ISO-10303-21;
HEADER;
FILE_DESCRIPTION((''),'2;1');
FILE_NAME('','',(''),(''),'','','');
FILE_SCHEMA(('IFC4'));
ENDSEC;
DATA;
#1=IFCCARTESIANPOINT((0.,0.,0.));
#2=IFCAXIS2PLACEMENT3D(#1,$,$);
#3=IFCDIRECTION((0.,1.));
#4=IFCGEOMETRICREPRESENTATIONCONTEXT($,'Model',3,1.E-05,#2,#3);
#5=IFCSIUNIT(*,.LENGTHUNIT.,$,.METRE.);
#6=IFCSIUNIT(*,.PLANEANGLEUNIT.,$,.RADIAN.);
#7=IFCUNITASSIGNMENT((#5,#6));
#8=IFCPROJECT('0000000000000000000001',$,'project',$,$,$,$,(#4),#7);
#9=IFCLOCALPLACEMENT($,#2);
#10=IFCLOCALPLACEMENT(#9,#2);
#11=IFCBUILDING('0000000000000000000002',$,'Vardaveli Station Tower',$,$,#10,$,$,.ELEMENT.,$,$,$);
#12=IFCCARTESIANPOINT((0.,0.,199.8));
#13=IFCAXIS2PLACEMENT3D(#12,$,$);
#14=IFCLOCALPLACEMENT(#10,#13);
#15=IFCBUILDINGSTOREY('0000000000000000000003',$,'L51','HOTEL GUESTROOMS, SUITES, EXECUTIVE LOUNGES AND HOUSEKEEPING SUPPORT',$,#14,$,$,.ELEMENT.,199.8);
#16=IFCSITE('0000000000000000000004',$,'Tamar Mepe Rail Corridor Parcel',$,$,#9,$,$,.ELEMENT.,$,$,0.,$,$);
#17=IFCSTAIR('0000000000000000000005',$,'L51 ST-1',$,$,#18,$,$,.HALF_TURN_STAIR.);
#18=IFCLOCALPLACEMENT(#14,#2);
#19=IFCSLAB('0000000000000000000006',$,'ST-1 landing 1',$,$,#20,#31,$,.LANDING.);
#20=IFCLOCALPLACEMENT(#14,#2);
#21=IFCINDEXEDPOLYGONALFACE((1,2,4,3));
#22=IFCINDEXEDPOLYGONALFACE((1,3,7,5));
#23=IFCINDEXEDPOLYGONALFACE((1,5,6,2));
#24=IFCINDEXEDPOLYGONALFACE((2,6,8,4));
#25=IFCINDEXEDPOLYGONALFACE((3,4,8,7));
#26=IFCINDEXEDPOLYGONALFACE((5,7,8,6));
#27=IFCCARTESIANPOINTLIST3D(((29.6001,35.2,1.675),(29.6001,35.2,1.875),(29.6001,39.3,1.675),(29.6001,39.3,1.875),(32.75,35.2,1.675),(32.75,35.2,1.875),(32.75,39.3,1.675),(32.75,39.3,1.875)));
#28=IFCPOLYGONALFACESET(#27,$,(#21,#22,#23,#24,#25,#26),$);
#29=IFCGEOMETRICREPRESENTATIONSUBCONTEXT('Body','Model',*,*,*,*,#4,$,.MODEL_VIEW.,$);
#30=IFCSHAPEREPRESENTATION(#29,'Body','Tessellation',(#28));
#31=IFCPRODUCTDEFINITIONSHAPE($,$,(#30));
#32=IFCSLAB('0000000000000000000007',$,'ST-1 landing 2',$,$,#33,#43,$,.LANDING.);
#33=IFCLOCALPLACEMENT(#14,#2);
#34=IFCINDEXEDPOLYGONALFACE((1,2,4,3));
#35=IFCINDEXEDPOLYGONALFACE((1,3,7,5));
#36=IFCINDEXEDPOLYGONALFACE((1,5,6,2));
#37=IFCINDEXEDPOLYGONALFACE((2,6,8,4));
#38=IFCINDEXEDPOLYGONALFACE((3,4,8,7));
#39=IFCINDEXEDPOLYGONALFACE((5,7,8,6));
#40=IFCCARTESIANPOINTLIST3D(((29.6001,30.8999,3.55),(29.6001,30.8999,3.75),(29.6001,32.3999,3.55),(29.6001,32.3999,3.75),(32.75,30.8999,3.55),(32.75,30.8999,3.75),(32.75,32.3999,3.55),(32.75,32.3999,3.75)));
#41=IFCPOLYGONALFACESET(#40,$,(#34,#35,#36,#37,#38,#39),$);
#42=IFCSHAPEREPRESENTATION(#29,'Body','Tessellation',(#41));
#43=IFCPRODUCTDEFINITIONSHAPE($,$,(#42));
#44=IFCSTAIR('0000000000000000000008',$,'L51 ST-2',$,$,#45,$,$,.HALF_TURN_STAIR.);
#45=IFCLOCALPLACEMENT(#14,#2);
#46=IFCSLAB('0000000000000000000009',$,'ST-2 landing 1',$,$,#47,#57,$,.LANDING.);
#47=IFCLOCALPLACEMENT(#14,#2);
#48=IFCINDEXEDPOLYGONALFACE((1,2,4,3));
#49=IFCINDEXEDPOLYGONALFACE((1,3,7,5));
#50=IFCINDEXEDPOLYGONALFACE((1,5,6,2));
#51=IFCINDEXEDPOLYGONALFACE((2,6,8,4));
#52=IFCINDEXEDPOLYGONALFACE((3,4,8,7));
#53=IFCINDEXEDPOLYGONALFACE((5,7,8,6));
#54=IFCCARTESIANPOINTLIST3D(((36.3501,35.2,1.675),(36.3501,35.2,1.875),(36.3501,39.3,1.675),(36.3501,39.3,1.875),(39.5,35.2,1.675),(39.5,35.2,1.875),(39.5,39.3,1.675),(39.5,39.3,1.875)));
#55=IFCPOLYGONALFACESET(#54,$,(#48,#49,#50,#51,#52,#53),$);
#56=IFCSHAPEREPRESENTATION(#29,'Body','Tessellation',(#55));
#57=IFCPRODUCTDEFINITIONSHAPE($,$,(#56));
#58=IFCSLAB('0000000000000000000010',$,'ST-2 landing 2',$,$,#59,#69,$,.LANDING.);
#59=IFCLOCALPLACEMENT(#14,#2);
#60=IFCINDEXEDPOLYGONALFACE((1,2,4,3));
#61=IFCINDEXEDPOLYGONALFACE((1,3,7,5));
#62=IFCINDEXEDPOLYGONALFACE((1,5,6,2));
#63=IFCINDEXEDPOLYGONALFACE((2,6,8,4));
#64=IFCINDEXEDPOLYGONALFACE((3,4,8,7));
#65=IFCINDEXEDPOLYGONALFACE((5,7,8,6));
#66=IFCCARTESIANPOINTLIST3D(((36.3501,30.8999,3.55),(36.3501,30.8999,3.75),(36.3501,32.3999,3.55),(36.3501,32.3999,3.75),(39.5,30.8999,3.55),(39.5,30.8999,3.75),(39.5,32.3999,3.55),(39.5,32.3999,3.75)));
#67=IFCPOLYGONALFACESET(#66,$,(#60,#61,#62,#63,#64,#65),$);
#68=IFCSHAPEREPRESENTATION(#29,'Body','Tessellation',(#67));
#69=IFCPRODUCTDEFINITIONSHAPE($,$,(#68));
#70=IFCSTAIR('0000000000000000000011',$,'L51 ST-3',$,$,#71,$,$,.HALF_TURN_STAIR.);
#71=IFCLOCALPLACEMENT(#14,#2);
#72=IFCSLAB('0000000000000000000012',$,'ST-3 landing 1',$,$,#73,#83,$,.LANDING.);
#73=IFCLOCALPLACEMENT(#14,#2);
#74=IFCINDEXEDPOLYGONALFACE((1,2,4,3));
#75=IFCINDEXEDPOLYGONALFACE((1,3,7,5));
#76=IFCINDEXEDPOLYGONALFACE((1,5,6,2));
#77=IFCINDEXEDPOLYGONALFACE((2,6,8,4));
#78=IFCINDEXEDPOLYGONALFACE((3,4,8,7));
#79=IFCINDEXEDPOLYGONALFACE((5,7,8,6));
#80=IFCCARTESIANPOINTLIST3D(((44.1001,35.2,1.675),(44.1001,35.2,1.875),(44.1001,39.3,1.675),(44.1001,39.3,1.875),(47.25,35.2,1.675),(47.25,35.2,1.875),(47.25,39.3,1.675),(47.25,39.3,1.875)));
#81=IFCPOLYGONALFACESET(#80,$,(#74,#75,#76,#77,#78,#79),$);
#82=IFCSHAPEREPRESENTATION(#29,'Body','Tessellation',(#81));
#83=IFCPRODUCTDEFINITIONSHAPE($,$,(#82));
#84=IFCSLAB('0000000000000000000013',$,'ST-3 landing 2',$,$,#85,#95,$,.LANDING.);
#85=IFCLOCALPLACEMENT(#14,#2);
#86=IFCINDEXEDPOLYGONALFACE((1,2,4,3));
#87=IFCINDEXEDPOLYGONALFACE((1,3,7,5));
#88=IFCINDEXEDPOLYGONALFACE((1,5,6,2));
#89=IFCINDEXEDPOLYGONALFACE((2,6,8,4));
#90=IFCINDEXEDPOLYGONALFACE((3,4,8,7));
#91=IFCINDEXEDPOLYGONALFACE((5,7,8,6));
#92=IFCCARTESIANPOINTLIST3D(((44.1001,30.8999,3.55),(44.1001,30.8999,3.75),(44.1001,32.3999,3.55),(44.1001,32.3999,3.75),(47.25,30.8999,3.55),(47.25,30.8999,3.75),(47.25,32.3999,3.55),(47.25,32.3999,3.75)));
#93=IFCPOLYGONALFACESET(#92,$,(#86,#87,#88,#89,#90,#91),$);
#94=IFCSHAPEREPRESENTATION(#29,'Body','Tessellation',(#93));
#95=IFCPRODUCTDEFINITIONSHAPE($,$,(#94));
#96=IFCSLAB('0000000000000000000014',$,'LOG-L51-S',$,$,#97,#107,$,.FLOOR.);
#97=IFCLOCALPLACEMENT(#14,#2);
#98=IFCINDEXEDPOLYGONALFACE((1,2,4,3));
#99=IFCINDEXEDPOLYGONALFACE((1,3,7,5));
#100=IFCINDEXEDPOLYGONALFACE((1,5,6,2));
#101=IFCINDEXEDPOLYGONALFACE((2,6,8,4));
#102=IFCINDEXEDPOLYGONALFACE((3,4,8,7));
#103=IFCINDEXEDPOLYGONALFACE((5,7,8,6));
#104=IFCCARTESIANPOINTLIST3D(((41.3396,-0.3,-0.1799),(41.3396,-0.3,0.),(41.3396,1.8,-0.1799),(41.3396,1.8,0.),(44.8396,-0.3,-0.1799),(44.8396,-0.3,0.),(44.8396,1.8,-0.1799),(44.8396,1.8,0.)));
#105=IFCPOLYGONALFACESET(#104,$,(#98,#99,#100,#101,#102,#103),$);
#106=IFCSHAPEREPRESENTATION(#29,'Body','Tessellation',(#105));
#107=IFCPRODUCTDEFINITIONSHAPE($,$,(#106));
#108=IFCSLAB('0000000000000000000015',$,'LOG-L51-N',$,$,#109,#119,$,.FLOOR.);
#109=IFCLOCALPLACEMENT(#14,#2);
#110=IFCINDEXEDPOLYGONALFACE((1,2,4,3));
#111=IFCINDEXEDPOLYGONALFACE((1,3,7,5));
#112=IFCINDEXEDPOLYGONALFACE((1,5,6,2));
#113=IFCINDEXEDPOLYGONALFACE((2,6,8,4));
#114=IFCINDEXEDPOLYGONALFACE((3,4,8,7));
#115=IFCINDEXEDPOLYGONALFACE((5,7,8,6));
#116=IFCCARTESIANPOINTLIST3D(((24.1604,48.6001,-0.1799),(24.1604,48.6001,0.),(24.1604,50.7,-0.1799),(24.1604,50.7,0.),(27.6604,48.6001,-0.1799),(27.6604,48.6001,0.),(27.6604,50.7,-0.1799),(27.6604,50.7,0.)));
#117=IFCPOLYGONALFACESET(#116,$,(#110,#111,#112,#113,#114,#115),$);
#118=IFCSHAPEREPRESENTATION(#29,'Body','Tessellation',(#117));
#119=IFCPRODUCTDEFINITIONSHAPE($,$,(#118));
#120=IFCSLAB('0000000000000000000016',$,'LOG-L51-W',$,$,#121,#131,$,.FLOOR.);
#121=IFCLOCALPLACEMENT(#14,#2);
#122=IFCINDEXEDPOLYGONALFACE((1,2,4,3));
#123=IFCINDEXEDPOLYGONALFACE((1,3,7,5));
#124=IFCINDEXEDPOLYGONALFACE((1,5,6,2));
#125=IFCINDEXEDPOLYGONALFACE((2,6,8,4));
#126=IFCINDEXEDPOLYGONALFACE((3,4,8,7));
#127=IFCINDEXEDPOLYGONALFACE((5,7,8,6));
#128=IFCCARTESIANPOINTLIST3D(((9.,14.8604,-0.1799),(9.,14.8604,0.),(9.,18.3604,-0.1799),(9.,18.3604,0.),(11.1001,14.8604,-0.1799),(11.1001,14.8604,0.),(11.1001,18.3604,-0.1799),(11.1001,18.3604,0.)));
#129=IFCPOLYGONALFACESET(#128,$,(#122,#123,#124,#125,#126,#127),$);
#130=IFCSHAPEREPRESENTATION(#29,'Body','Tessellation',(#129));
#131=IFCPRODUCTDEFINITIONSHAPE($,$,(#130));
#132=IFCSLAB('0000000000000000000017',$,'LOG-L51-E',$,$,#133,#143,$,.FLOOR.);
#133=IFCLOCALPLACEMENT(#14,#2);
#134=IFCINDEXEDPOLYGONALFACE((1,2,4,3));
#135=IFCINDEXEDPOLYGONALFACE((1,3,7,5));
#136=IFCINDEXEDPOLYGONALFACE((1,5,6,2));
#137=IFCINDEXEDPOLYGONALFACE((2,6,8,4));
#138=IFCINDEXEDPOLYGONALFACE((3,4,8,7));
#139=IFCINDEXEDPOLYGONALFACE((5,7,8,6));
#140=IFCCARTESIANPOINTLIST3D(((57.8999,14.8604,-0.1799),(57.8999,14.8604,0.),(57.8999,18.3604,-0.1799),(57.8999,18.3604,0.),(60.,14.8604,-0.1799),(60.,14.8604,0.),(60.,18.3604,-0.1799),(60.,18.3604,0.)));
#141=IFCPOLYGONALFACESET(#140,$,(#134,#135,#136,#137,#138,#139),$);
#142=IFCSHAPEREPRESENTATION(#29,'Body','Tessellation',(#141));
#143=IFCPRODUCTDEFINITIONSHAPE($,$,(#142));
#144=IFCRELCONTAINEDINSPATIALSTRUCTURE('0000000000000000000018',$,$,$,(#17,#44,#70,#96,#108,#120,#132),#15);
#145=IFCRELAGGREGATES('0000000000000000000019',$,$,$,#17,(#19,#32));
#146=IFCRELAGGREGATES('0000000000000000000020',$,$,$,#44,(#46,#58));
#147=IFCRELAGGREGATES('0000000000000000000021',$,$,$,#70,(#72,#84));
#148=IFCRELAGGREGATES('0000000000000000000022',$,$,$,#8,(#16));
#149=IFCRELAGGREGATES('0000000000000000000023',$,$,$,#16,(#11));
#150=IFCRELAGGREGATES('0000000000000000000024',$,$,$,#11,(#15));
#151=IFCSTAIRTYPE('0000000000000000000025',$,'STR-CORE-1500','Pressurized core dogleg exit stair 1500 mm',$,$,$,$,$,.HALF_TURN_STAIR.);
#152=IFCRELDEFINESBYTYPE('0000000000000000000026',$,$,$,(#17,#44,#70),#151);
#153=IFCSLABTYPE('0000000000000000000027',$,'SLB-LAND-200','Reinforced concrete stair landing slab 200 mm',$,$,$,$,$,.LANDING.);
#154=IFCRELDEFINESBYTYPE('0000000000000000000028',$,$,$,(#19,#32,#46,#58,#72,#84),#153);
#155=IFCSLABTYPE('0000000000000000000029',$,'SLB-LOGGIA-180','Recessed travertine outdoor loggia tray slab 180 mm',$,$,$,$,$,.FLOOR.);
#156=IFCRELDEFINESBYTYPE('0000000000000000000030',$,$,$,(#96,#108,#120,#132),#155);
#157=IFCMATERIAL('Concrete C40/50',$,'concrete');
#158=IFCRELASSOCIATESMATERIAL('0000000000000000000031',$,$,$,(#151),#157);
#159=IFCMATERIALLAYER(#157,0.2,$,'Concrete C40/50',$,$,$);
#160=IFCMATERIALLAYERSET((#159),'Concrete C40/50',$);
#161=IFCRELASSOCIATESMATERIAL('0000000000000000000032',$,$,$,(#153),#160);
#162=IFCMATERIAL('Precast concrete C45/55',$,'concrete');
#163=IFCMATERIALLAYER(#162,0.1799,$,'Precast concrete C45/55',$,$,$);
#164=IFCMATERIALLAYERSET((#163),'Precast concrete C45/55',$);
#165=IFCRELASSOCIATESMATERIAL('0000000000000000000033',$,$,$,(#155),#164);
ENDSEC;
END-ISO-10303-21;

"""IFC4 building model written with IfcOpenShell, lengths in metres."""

from ifc_helpers import new_model, si_unit, direction, frame, origin, place, context, subcontext, project, spatial, polyline, outline, extrude, material, layer, layer_set, type_object, element, aggregate, save


model = new_model("IFC4")

# Units and contexts
model_context = context("Model", 3, precision=1e-05, world=origin(), true_north=direction((0.0, 1.0)))
body_context = subcontext(model_context, "Body", "Model", "MODEL_VIEW")
ifc_project = project(units=[si_unit("LENGTHUNIT", "METRE"), si_unit("PLANEANGLEUNIT", "RADIAN")], contexts=[model_context])

# Site, building, storey
site_placement = place(None, origin())
site = spatial("IfcSite", under=ifc_project, at=site_placement, Name="Tamar Mepe Rail Corridor Parcel", CompositionType="ELEMENT", RefElevation=0.0)
building_placement = place(site_placement, origin())
building = spatial("IfcBuilding", under=site, at=building_placement, Name="Vardaveli Station Tower", CompositionType="ELEMENT")
storey_placement = place(building_placement, frame((0.0, 0.0, 199.8)))
storey = spatial("IfcBuildingStorey", under=building, at=storey_placement, Name="L51", Description="HOTEL GUESTROOMS, SUITES, EXECUTIVE LOUNGES AND HOUSEKEEPING SUPPORT", CompositionType="ELEMENT", Elevation=199.8)

# Stairs, slabs
ifc_material_1 = material(Name="Concrete C40/50", Category="concrete")
stair_type = type_object("IfcStairType", Name="STR-CORE-1500", Description="Pressurized core dogleg exit stair 1500 mm", PredefinedType="HALF_TURN_STAIR", material=ifc_material_1)
stair_1_placement = place(storey_placement, origin())
stair_1 = element("IfcStair", 1, at=stair_1_placement, inside=storey, type_object=stair_type, Name="L51 ST-1", PredefinedType="HALF_TURN_STAIR")
ifc_layer_1 = layer(ifc_material_1, 0.2, Name="Concrete C40/50")
ifc_layer_set_1 = layer_set([ifc_layer_1], Name="Concrete C40/50")
slab_type_1 = type_object("IfcSlabType", Name="SLB-LAND-200", Description="Reinforced concrete stair landing slab 200 mm", PredefinedType="LANDING", material=ifc_layer_set_1)
slab_1_placement = place(storey_placement, frame((0.0, 0.0, 1.675)))
slab_1 = element("IfcSlab", 2, at=slab_1_placement, type_object=slab_type_1, Name="ST-1 landing 1", PredefinedType="LANDING", context=body_context, shape_type="SweptSolid", body=[
    extrude(outline(polyline([(32.75, 35.2), (32.75, 39.3), (29.6001, 39.3), (29.6001, 35.2), (32.75, 35.2)])), origin(), (0.0, 0.0, 1.0), 0.2),
])
slab_2_placement = place(storey_placement, frame((0.0, 0.0, 3.55)))
slab_2 = element("IfcSlab", 3, at=slab_2_placement, type_object=slab_type_1, Name="ST-1 landing 2", PredefinedType="LANDING", context=body_context, shape_type="SweptSolid", body=[
    extrude(outline(polyline([(32.75, 30.8999), (32.75, 32.3999), (29.6001, 32.3999), (29.6001, 30.8999), (32.75, 30.8999)])), origin(), (0.0, 0.0, 1.0), 0.2),
])
aggregate(stair_1, [slab_1, slab_2])
stair_2_placement = place(storey_placement, origin())
stair_2 = element("IfcStair", 4, at=stair_2_placement, inside=storey, type_object=stair_type, Name="L51 ST-2", PredefinedType="HALF_TURN_STAIR")
slab_3_placement = place(storey_placement, frame((0.0, 0.0, 1.675)))
slab_3 = element("IfcSlab", 5, at=slab_3_placement, type_object=slab_type_1, Name="ST-2 landing 1", PredefinedType="LANDING", context=body_context, shape_type="SweptSolid", body=[
    extrude(outline(polyline([(39.5, 35.2), (39.5, 39.3), (36.3501, 39.3), (36.3501, 35.2), (39.5, 35.2)])), origin(), (0.0, 0.0, 1.0), 0.2),
])
slab_4_placement = place(storey_placement, frame((0.0, 0.0, 3.55)))
slab_4 = element("IfcSlab", 6, at=slab_4_placement, type_object=slab_type_1, Name="ST-2 landing 2", PredefinedType="LANDING", context=body_context, shape_type="SweptSolid", body=[
    extrude(outline(polyline([(39.5, 30.8999), (39.5, 32.3999), (36.3501, 32.3999), (36.3501, 30.8999), (39.5, 30.8999)])), origin(), (0.0, 0.0, 1.0), 0.2),
])
aggregate(stair_2, [slab_3, slab_4])
stair_3_placement = place(storey_placement, origin())
stair_3 = element("IfcStair", 7, at=stair_3_placement, inside=storey, type_object=stair_type, Name="L51 ST-3", PredefinedType="HALF_TURN_STAIR")
slab_5_placement = place(storey_placement, frame((0.0, 0.0, 1.675)))
slab_5 = element("IfcSlab", 8, at=slab_5_placement, type_object=slab_type_1, Name="ST-3 landing 1", PredefinedType="LANDING", context=body_context, shape_type="SweptSolid", body=[
    extrude(outline(polyline([(47.25, 35.2), (47.25, 39.3), (44.1001, 39.3), (44.1001, 35.2), (47.25, 35.2)])), origin(), (0.0, 0.0, 1.0), 0.2),
])
slab_6_placement = place(storey_placement, frame((0.0, 0.0, 3.55)))
slab_6 = element("IfcSlab", 9, at=slab_6_placement, type_object=slab_type_1, Name="ST-3 landing 2", PredefinedType="LANDING", context=body_context, shape_type="SweptSolid", body=[
    extrude(outline(polyline([(47.25, 30.8999), (47.25, 32.3999), (44.1001, 32.3999), (44.1001, 30.8999), (47.25, 30.8999)])), origin(), (0.0, 0.0, 1.0), 0.2),
])
aggregate(stair_3, [slab_5, slab_6])

# Slabs
ifc_material_2 = material(Name="Precast concrete C45/55", Category="concrete")
ifc_layer_2 = layer(ifc_material_2, 0.1799, Name="Precast concrete C45/55")
ifc_layer_set_2 = layer_set([ifc_layer_2], Name="Precast concrete C45/55")
slab_type_2 = type_object("IfcSlabType", Name="SLB-LOGGIA-180", Description="Recessed travertine outdoor loggia tray slab 180 mm", PredefinedType="FLOOR", material=ifc_layer_set_2)
slab_7_placement = place(storey_placement, frame((0.0, 0.0, -0.1799)))
element("IfcSlab", 10, at=slab_7_placement, inside=storey, type_object=slab_type_2, Name="LOG-L51-S", PredefinedType="FLOOR", context=body_context, shape_type="SweptSolid", body=[
    extrude(outline(polyline([(41.3396, -0.3), (44.8396, -0.3), (44.8396, 1.8), (41.3396, 1.8), (41.3396, -0.3)])), origin(), (0.0, 0.0, 1.0), 0.1799),
])
slab_8_placement = place(storey_placement, frame((0.0, 0.0, -0.1799)))
element("IfcSlab", 11, at=slab_8_placement, inside=storey, type_object=slab_type_2, Name="LOG-L51-N", PredefinedType="FLOOR", context=body_context, shape_type="SweptSolid", body=[
    extrude(outline(polyline([(24.1604, 48.6001), (27.6604, 48.6001), (27.6604, 50.7), (24.1604, 50.7), (24.1604, 48.6001)])), origin(), (0.0, 0.0, 1.0), 0.1799),
])
slab_9_placement = place(storey_placement, frame((0.0, 0.0, -0.1799)))
element("IfcSlab", 12, at=slab_9_placement, inside=storey, type_object=slab_type_2, Name="LOG-L51-W", PredefinedType="FLOOR", context=body_context, shape_type="SweptSolid", body=[
    extrude(outline(polyline([(9.0, 14.8604), (11.1001, 14.8604), (11.1001, 18.3604), (9.0, 18.3604), (9.0, 14.8604)])), origin(), (0.0, 0.0, 1.0), 0.1799),
])
slab_10_placement = place(storey_placement, frame((0.0, 0.0, -0.1799)))
element("IfcSlab", 13, at=slab_10_placement, inside=storey, type_object=slab_type_2, Name="LOG-L51-E", PredefinedType="FLOOR", context=body_context, shape_type="SweptSolid", body=[
    extrude(outline(polyline([(57.8999, 14.8604), (60.0, 14.8604), (60.0, 18.3604), (57.8999, 18.3604), (57.8999, 14.8604)])), origin(), (0.0, 0.0, 1.0), 0.1799),
])

save(model, "model.ifc")
